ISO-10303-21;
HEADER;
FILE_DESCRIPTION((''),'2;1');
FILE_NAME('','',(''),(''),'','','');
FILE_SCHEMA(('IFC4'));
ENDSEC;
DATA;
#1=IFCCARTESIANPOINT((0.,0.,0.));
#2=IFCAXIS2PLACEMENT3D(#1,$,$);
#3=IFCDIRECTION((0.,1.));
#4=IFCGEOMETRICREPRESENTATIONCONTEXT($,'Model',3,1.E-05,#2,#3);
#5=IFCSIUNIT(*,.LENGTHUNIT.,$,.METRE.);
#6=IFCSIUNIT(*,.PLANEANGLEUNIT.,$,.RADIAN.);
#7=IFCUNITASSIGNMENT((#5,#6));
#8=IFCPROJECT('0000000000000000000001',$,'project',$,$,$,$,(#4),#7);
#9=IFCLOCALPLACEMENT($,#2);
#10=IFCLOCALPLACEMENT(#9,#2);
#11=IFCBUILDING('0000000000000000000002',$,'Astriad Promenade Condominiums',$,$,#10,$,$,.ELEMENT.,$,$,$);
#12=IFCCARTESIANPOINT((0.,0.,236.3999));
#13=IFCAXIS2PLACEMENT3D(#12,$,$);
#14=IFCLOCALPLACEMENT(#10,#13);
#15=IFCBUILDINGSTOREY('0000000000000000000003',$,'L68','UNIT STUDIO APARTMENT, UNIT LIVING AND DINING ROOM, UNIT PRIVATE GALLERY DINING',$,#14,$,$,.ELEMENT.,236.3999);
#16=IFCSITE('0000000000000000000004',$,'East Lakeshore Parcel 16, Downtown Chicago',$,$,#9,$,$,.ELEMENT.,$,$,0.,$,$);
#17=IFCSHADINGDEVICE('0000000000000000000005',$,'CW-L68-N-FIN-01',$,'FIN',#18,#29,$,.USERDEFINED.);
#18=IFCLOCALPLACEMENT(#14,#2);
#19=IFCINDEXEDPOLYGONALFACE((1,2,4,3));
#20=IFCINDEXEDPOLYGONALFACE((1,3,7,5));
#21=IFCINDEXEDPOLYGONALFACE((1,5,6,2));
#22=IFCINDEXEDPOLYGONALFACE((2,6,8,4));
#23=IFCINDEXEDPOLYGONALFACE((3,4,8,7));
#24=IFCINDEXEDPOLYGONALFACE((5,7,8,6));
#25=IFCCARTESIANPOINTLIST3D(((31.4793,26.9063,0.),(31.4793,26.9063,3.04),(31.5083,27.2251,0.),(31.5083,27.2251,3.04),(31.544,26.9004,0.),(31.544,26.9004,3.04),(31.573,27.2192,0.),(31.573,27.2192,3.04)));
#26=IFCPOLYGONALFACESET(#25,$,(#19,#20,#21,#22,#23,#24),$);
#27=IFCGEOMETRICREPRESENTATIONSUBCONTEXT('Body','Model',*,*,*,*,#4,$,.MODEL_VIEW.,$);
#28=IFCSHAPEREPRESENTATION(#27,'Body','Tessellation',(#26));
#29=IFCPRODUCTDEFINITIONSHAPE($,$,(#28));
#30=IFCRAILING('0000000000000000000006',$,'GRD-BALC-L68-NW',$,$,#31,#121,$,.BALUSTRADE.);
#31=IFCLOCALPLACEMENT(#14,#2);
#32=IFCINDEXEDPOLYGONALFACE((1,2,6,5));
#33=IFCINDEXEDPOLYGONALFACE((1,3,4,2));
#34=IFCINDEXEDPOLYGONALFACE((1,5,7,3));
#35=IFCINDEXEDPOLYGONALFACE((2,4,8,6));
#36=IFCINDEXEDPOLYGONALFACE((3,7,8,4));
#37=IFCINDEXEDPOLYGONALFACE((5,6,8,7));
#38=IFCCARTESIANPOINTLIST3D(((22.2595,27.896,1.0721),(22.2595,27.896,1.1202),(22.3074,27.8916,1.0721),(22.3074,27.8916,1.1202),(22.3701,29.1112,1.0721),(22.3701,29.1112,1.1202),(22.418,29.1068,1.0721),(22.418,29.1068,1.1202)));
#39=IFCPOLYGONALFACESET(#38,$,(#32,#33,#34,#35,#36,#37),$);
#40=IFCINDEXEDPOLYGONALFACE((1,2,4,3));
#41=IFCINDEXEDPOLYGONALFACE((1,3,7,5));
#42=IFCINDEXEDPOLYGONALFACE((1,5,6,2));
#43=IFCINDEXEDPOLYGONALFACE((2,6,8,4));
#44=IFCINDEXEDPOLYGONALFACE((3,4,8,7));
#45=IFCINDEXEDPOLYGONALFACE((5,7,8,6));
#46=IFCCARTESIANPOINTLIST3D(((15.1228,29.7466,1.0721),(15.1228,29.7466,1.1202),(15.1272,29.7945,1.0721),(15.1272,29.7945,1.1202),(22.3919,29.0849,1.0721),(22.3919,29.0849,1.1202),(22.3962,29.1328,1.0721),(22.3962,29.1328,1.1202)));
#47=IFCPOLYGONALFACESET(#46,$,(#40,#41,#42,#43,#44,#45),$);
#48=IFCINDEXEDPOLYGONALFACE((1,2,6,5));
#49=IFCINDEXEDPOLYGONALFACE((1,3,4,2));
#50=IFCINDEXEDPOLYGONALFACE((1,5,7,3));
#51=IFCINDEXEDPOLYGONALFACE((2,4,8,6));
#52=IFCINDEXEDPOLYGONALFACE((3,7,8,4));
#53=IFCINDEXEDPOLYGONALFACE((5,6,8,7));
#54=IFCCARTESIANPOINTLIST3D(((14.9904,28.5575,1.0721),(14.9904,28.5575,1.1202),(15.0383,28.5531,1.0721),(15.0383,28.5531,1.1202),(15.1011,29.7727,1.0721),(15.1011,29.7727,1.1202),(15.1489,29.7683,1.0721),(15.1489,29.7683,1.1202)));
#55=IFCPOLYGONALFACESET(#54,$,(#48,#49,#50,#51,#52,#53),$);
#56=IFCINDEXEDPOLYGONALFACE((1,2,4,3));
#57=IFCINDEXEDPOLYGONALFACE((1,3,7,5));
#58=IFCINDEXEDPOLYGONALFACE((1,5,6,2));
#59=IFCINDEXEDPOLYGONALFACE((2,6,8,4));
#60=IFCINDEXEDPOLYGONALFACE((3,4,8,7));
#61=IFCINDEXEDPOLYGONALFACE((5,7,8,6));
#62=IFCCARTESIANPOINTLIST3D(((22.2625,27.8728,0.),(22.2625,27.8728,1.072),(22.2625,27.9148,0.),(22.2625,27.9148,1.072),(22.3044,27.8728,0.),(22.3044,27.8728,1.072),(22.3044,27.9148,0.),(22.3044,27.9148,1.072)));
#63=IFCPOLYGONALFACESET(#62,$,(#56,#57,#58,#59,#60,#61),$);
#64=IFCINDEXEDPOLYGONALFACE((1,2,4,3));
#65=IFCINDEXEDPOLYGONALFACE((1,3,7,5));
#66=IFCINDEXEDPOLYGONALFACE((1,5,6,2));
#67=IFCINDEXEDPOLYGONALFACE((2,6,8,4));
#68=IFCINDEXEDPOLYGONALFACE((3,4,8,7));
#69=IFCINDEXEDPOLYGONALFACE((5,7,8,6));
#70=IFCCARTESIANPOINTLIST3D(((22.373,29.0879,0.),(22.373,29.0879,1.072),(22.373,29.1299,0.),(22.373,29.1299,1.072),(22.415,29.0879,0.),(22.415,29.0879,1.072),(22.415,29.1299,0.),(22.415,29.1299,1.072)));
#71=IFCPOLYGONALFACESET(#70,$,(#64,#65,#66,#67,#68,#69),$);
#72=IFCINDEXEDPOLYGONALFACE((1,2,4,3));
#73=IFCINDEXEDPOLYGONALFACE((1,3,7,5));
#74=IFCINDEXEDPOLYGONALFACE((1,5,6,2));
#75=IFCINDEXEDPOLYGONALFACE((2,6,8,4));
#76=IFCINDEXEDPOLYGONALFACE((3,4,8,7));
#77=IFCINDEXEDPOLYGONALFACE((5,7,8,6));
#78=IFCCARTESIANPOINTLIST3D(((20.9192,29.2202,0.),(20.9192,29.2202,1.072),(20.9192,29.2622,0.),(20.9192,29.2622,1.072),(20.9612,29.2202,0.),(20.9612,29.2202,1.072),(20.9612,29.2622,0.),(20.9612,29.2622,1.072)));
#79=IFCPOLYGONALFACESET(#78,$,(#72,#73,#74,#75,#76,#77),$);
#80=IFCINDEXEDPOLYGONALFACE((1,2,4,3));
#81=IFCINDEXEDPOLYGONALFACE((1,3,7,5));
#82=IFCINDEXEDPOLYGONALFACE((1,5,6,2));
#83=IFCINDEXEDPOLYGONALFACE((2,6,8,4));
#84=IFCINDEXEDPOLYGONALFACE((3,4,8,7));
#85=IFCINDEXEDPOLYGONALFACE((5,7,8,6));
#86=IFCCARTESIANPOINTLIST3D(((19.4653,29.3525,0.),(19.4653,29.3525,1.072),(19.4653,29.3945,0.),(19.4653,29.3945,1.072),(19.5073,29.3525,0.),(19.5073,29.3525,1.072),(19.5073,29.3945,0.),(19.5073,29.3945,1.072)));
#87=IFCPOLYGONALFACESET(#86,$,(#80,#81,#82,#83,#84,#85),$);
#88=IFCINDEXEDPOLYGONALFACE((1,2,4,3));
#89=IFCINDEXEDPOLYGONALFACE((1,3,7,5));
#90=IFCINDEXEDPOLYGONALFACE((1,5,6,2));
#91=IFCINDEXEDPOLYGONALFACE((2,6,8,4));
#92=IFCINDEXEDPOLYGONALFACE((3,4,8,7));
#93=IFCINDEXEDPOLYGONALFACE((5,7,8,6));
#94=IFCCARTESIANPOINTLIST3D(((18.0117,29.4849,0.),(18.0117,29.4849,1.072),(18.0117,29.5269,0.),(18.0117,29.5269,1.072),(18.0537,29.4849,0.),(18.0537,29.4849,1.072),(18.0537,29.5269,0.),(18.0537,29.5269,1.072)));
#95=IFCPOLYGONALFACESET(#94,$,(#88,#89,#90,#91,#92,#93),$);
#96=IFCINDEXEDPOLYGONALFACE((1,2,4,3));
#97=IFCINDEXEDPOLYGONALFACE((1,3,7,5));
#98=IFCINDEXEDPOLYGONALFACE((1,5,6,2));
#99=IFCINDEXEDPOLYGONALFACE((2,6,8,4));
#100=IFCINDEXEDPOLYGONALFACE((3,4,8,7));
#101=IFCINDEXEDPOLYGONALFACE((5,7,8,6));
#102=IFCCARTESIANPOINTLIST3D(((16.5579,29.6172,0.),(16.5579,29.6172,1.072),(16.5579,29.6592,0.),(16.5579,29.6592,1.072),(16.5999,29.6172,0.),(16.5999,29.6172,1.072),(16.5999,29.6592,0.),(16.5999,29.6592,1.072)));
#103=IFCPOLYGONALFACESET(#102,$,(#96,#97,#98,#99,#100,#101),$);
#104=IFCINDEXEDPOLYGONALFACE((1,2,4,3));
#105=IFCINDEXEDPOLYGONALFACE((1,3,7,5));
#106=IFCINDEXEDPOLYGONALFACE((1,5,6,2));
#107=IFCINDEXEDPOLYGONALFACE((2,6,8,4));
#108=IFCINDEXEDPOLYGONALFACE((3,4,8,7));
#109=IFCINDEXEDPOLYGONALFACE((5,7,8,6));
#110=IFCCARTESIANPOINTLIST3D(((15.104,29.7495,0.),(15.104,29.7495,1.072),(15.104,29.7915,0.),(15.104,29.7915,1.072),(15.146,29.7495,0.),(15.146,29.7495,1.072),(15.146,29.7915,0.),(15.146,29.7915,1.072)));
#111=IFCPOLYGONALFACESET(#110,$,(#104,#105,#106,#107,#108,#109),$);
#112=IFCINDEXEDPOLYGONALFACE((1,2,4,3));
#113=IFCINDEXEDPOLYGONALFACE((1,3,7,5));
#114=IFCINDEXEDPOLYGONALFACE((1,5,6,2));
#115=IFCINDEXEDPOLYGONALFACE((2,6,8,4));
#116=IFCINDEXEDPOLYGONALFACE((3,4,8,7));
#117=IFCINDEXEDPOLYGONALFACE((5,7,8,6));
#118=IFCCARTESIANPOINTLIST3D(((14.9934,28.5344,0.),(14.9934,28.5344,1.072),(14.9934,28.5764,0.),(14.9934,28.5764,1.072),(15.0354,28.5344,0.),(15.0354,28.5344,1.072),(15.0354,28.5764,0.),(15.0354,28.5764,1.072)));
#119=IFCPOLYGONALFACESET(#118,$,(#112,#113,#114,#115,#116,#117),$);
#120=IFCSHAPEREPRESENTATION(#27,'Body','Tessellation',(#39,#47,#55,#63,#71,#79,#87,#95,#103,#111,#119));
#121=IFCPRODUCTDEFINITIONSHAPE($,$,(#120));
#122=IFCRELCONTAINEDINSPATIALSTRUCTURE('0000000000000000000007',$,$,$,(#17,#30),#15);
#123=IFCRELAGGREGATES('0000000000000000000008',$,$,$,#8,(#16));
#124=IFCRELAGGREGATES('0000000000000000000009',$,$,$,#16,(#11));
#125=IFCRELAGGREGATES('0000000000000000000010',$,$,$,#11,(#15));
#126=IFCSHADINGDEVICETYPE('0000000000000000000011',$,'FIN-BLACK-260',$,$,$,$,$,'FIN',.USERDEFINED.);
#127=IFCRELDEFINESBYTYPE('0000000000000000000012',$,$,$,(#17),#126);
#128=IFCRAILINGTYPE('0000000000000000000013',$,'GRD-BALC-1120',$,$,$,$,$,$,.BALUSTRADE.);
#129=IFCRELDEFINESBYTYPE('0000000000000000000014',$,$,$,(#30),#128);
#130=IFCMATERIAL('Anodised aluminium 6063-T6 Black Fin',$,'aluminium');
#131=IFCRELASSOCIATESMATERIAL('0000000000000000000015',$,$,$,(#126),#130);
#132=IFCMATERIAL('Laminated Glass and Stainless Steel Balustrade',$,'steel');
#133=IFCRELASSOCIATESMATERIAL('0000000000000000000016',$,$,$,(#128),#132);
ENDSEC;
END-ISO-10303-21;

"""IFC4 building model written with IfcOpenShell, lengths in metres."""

from ifc_helpers import new_model, si_unit, direction, frame, origin, origin_2d, place, context, subcontext, project, spatial, rectangle, extrude, source, transform, mapped, material, type_object, type_shapes, element, save


model = new_model("IFC4")

# Units and contexts
model_context = context("Model", 3, precision=1e-05, world=origin(), true_north=direction((0.0, 1.0)))
body_context = subcontext(model_context, "Body", "Model", "MODEL_VIEW")
ifc_project = project(units=[si_unit("LENGTHUNIT", "METRE"), si_unit("PLANEANGLEUNIT", "RADIAN")], contexts=[model_context])

# Site, building, storey
site_placement = place(None, origin())
site = spatial("IfcSite", under=ifc_project, at=site_placement, Name="East Lakeshore Parcel 16, Downtown Chicago", CompositionType="ELEMENT", RefElevation=0.0)
building_placement = place(site_placement, origin())
building = spatial("IfcBuilding", under=site, at=building_placement, Name="Astriad Promenade Condominiums", CompositionType="ELEMENT")
storey_placement = place(building_placement, frame((0.0, 0.0, 236.3999)))
storey = spatial("IfcBuildingStorey", under=building, at=storey_placement, Name="L68", Description="UNIT STUDIO APARTMENT, UNIT LIVING AND DINING ROOM, UNIT PRIVATE GALLERY DINING", CompositionType="ELEMENT", Elevation=236.3999)

# Shading device
ifc_material_1 = material(Name="Anodised aluminium 6063-T6 Black Fin", Category="aluminium")
shading_device_type = type_object("IfcShadingDeviceType", Name="FIN-BLACK-260", ElementType="FIN", PredefinedType="USERDEFINED", material=ifc_material_1)
shared_shape_1 = source(origin(), body_context, "Body", "SweptSolid", [
    extrude(rectangle(XDim=0.0649, YDim=0.3201, at=origin_2d()), origin(), (0.0, 0.0, 1.0), 3.04),
])
type_shapes(shading_device_type, [shared_shape_1])
shading_device_placement = place(storey_placement, frame((31.5261, 27.0627, 0.0), z_axis=(0.0, 0.0, 1.0), x_axis=(0.995884, -0.090633, 0.0)))
element("IfcShadingDevice", 1, at=shading_device_placement, inside=storey, type_object=shading_device_type, Name="CW-L68-N-FIN-01", ObjectType="FIN", PredefinedType="USERDEFINED", context=body_context, shape_type="MappedRepresentation", body=[
    mapped(shared_shape_1, transform((0.0, 0.0, 0.0), scale=1.0)),
])

# Railing
ifc_material_2 = material(Name="Laminated Glass and Stainless Steel Balustrade", Category="steel")
railing_type = type_object("IfcRailingType", Name="GRD-BALC-1120", PredefinedType="BALUSTRADE", material=ifc_material_2)
shared_shape_2 = source(origin(), body_context, "Body", "SweptSolid", [
    extrude(rectangle(XDim=0.0481, YDim=0.0481, at=origin_2d()), frame((0.0, 0.0, 1.0962), z_axis=(0.090644, 0.995883, 0.0), x_axis=(-0.995883, 0.090644, 0.0)), (0.0, 0.0, 1.0), 1.2202),
    extrude(rectangle(XDim=0.0481, YDim=0.0481, at=origin_2d()), frame((0.1106, 1.2151, 1.0962), z_axis=(-0.995883, 0.090644, 0.0), x_axis=(-0.090644, -0.995883, 0.0)), (0.0, 0.0, 1.0), 7.2991),
    extrude(rectangle(XDim=0.0481, YDim=0.0481, at=origin_2d()), frame((-7.1584, 1.8767, 1.0962), z_axis=(-0.090644, -0.995883, 0.0), x_axis=(0.995883, -0.090644, 0.0)), (0.0, 0.0, 1.0), 1.2202),
    extrude(rectangle(XDim=0.042, YDim=0.042, at=origin_2d()), origin(), (0.0, 0.0, 1.0), 1.072),
    extrude(rectangle(XDim=0.042, YDim=0.042, at=origin_2d()), frame((0.1106, 1.2151, 0.0)), (0.0, 0.0, 1.0), 1.072),
    extrude(rectangle(XDim=0.042, YDim=0.042, at=origin_2d()), frame((-1.3433, 1.3474, 0.0)), (0.0, 0.0, 1.0), 1.072),
    extrude(rectangle(XDim=0.042, YDim=0.042, at=origin_2d()), frame((-2.7971, 1.4797, 0.0)), (0.0, 0.0, 1.0), 1.072),
    extrude(rectangle(XDim=0.042, YDim=0.042, at=origin_2d()), frame((-4.2507, 1.6121, 0.0)), (0.0, 0.0, 1.0), 1.072),
    extrude(rectangle(XDim=0.042, YDim=0.042, at=origin_2d()), frame((-5.7046, 1.7444, 0.0)), (0.0, 0.0, 1.0), 1.072),
    extrude(rectangle(XDim=0.042, YDim=0.042, at=origin_2d()), frame((-7.1584, 1.8767, 0.0)), (0.0, 0.0, 1.0), 1.072),
    extrude(rectangle(XDim=0.042, YDim=0.042, at=origin_2d()), frame((-7.269, 0.6616, 0.0)), (0.0, 0.0, 1.0), 1.072),
])
type_shapes(railing_type, [shared_shape_2])
railing_placement = place(storey_placement, frame((22.2834, 27.8938, 0.0)))
element("IfcRailing", 2, at=railing_placement, inside=storey, type_object=railing_type, Name="GRD-BALC-L68-NW", PredefinedType="BALUSTRADE", context=body_context, shape_type="MappedRepresentation", body=[
    mapped(shared_shape_2, transform((0.0, 0.0, 0.0), scale=1.0)),
])

save(model, "model.ifc")
